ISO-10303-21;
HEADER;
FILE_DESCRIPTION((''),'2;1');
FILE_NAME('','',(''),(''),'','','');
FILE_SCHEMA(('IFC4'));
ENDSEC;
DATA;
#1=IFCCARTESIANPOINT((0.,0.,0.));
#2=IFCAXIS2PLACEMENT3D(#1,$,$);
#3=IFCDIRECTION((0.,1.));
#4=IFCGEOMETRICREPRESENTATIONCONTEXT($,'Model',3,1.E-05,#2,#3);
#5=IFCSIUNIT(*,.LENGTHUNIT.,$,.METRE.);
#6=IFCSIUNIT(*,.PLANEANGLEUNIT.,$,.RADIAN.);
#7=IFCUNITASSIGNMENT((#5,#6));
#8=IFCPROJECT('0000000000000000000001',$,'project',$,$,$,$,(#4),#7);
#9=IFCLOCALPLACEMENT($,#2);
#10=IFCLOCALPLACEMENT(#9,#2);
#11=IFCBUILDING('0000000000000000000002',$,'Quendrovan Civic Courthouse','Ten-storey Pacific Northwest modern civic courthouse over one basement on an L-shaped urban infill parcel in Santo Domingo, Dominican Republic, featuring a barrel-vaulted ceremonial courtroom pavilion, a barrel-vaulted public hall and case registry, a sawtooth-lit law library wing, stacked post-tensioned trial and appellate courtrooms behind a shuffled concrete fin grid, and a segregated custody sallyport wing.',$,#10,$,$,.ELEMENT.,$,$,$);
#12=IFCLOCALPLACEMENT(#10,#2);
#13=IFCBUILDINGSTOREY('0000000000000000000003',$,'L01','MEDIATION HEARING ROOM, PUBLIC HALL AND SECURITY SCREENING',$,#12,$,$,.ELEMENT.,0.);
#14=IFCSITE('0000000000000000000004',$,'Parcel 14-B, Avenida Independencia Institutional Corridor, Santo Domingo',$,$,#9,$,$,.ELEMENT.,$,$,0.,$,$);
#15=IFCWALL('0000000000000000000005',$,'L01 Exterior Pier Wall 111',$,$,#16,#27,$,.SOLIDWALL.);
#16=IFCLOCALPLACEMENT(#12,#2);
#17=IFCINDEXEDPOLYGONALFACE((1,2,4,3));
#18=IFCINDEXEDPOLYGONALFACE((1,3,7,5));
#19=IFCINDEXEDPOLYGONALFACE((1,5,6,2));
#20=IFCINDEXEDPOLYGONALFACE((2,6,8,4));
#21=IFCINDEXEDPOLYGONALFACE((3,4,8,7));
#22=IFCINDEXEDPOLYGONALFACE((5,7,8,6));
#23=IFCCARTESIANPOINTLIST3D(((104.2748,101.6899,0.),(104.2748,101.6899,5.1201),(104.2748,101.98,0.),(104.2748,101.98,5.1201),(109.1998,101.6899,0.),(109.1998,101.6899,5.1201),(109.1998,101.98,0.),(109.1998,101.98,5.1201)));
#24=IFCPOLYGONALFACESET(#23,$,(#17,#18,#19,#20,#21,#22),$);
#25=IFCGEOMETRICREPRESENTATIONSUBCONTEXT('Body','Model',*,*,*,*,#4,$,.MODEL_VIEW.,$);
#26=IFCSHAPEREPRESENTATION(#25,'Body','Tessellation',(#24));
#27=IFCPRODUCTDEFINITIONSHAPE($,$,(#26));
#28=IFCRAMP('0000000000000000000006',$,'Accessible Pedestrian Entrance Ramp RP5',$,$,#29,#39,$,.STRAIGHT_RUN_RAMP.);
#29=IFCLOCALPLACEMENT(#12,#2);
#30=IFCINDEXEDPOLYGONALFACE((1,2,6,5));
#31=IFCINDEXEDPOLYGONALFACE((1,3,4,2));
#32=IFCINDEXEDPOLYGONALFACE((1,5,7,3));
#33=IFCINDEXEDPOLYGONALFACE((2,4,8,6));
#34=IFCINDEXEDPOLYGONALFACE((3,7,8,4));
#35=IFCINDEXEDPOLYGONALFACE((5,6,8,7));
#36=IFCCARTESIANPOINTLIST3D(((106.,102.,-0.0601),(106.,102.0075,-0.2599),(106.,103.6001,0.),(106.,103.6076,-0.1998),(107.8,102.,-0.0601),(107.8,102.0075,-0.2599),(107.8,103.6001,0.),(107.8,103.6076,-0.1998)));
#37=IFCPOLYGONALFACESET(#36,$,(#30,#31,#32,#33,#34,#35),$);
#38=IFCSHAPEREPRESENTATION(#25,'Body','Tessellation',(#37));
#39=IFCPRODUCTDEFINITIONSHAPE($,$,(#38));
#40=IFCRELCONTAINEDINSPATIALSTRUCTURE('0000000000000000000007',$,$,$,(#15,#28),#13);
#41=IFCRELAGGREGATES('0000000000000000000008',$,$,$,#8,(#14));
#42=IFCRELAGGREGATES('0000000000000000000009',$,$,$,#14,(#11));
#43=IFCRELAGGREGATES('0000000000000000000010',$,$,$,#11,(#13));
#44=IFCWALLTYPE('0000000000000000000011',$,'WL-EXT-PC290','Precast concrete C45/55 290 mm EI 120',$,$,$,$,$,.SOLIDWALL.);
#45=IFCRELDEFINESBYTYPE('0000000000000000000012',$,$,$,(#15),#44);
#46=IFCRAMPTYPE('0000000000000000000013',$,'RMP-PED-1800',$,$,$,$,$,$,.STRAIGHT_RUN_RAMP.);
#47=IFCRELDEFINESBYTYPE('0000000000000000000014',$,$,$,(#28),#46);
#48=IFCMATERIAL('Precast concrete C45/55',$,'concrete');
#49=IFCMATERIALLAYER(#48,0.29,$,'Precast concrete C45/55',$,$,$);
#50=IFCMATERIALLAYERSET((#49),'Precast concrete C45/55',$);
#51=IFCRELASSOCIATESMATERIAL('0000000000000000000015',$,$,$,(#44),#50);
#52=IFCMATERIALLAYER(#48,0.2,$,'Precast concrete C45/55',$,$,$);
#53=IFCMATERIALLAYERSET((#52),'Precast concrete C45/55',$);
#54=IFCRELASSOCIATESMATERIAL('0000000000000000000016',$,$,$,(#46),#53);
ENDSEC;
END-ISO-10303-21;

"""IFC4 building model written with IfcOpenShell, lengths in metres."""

from ifc_helpers import new_model, si_unit, direction, frame, frame_2d, origin, place, context, subcontext, project, spatial, polyline, rectangle, outline, extrude, material, layer, layer_set, type_object, element, save


model = new_model("IFC4")

# Units and contexts
model_context = context("Model", 3, precision=1e-05, world=origin(), true_north=direction((0.0, 1.0)))
body_context = subcontext(model_context, "Body", "Model", "MODEL_VIEW")
ifc_project = project(units=[si_unit("LENGTHUNIT", "METRE"), si_unit("PLANEANGLEUNIT", "RADIAN")], contexts=[model_context])

# Site, building, storey
site_placement = place(None, origin())
site = spatial("IfcSite", under=ifc_project, at=site_placement, Name="Parcel 14-B, Avenida Independencia Institutional Corridor, Santo Domingo", CompositionType="ELEMENT", RefElevation=0.0)
building_placement = place(site_placement, origin())
building = spatial("IfcBuilding", under=site, at=building_placement, Name="Quendrovan Civic Courthouse", Description="Ten-storey Pacific Northwest modern civic courthouse over one basement on an L-shaped urban infill parcel in Santo Domingo, Dominican Republic, featuring a barrel-vaulted ceremonial courtroom pavilion, a barrel-vaulted public hall and case registry, a sawtooth-lit law library wing, stacked post-tensioned trial and appellate courtrooms behind a shuffled concrete fin grid, and a segregated custody sallyport wing.", CompositionType="ELEMENT")
storey_placement = place(building_placement, origin())
storey = spatial("IfcBuildingStorey", under=building, at=storey_placement, Name="L01", Description="MEDIATION HEARING ROOM, PUBLIC HALL AND SECURITY SCREENING", CompositionType="ELEMENT", Elevation=0.0)

# Shared definitions
ifc_material_1 = material(Name="Precast concrete C45/55", Category="concrete")

# Wall
ifc_layer_1 = layer(ifc_material_1, 0.29, Name="Precast concrete C45/55")
ifc_layer_set_1 = layer_set([ifc_layer_1], Name="Precast concrete C45/55")
wall_type = type_object("IfcWallType", Name="WL-EXT-PC290", Description="Precast concrete C45/55 290 mm EI 120", PredefinedType="SOLIDWALL", material=ifc_layer_set_1)
wall_placement = place(storey_placement, frame((104.2749, 101.835, 0.0), z_axis=(0.0, 0.0, 1.0), x_axis=(1.0, 0.0, 0.0)))
element("IfcWall", 1, at=wall_placement, inside=storey, type_object=wall_type, Name="L01 Exterior Pier Wall 111", PredefinedType="SOLIDWALL", context=body_context, shape_type="SweptSolid", body=[
    extrude(rectangle(XDim=4.925, YDim=0.29, at=frame_2d((2.4624, 0.0))), origin(), (0.0, 0.0, 1.0), 5.1201),
])

# Ramp
ifc_layer_2 = layer(ifc_material_1, 0.2, Name="Precast concrete C45/55")
ifc_layer_set_2 = layer_set([ifc_layer_2], Name="Precast concrete C45/55")
ramp_type = type_object("IfcRampType", Name="RMP-PED-1800", PredefinedType="STRAIGHT_RUN_RAMP", material=ifc_layer_set_2)
ramp_placement = place(storey_placement, frame((106.0, 102.0, -0.0601), z_axis=(0.0, -0.037508, 0.999296), x_axis=(1.0, 0.0, 0.0)))
element("IfcRamp", 2, at=ramp_placement, inside=storey, type_object=ramp_type, Name="Accessible Pedestrian Entrance Ramp RP5", PredefinedType="STRAIGHT_RUN_RAMP", context=body_context, shape_type="SweptSolid", body=[
    extrude(outline(polyline([(0.0, 0.0), (1.8, 0.0), (1.8, 1.6012), (0.0, 1.6012), (0.0, 0.0)])), origin(), (0.0, 0.0, -1.0), 0.2),
])

save(model, "model.ifc")
